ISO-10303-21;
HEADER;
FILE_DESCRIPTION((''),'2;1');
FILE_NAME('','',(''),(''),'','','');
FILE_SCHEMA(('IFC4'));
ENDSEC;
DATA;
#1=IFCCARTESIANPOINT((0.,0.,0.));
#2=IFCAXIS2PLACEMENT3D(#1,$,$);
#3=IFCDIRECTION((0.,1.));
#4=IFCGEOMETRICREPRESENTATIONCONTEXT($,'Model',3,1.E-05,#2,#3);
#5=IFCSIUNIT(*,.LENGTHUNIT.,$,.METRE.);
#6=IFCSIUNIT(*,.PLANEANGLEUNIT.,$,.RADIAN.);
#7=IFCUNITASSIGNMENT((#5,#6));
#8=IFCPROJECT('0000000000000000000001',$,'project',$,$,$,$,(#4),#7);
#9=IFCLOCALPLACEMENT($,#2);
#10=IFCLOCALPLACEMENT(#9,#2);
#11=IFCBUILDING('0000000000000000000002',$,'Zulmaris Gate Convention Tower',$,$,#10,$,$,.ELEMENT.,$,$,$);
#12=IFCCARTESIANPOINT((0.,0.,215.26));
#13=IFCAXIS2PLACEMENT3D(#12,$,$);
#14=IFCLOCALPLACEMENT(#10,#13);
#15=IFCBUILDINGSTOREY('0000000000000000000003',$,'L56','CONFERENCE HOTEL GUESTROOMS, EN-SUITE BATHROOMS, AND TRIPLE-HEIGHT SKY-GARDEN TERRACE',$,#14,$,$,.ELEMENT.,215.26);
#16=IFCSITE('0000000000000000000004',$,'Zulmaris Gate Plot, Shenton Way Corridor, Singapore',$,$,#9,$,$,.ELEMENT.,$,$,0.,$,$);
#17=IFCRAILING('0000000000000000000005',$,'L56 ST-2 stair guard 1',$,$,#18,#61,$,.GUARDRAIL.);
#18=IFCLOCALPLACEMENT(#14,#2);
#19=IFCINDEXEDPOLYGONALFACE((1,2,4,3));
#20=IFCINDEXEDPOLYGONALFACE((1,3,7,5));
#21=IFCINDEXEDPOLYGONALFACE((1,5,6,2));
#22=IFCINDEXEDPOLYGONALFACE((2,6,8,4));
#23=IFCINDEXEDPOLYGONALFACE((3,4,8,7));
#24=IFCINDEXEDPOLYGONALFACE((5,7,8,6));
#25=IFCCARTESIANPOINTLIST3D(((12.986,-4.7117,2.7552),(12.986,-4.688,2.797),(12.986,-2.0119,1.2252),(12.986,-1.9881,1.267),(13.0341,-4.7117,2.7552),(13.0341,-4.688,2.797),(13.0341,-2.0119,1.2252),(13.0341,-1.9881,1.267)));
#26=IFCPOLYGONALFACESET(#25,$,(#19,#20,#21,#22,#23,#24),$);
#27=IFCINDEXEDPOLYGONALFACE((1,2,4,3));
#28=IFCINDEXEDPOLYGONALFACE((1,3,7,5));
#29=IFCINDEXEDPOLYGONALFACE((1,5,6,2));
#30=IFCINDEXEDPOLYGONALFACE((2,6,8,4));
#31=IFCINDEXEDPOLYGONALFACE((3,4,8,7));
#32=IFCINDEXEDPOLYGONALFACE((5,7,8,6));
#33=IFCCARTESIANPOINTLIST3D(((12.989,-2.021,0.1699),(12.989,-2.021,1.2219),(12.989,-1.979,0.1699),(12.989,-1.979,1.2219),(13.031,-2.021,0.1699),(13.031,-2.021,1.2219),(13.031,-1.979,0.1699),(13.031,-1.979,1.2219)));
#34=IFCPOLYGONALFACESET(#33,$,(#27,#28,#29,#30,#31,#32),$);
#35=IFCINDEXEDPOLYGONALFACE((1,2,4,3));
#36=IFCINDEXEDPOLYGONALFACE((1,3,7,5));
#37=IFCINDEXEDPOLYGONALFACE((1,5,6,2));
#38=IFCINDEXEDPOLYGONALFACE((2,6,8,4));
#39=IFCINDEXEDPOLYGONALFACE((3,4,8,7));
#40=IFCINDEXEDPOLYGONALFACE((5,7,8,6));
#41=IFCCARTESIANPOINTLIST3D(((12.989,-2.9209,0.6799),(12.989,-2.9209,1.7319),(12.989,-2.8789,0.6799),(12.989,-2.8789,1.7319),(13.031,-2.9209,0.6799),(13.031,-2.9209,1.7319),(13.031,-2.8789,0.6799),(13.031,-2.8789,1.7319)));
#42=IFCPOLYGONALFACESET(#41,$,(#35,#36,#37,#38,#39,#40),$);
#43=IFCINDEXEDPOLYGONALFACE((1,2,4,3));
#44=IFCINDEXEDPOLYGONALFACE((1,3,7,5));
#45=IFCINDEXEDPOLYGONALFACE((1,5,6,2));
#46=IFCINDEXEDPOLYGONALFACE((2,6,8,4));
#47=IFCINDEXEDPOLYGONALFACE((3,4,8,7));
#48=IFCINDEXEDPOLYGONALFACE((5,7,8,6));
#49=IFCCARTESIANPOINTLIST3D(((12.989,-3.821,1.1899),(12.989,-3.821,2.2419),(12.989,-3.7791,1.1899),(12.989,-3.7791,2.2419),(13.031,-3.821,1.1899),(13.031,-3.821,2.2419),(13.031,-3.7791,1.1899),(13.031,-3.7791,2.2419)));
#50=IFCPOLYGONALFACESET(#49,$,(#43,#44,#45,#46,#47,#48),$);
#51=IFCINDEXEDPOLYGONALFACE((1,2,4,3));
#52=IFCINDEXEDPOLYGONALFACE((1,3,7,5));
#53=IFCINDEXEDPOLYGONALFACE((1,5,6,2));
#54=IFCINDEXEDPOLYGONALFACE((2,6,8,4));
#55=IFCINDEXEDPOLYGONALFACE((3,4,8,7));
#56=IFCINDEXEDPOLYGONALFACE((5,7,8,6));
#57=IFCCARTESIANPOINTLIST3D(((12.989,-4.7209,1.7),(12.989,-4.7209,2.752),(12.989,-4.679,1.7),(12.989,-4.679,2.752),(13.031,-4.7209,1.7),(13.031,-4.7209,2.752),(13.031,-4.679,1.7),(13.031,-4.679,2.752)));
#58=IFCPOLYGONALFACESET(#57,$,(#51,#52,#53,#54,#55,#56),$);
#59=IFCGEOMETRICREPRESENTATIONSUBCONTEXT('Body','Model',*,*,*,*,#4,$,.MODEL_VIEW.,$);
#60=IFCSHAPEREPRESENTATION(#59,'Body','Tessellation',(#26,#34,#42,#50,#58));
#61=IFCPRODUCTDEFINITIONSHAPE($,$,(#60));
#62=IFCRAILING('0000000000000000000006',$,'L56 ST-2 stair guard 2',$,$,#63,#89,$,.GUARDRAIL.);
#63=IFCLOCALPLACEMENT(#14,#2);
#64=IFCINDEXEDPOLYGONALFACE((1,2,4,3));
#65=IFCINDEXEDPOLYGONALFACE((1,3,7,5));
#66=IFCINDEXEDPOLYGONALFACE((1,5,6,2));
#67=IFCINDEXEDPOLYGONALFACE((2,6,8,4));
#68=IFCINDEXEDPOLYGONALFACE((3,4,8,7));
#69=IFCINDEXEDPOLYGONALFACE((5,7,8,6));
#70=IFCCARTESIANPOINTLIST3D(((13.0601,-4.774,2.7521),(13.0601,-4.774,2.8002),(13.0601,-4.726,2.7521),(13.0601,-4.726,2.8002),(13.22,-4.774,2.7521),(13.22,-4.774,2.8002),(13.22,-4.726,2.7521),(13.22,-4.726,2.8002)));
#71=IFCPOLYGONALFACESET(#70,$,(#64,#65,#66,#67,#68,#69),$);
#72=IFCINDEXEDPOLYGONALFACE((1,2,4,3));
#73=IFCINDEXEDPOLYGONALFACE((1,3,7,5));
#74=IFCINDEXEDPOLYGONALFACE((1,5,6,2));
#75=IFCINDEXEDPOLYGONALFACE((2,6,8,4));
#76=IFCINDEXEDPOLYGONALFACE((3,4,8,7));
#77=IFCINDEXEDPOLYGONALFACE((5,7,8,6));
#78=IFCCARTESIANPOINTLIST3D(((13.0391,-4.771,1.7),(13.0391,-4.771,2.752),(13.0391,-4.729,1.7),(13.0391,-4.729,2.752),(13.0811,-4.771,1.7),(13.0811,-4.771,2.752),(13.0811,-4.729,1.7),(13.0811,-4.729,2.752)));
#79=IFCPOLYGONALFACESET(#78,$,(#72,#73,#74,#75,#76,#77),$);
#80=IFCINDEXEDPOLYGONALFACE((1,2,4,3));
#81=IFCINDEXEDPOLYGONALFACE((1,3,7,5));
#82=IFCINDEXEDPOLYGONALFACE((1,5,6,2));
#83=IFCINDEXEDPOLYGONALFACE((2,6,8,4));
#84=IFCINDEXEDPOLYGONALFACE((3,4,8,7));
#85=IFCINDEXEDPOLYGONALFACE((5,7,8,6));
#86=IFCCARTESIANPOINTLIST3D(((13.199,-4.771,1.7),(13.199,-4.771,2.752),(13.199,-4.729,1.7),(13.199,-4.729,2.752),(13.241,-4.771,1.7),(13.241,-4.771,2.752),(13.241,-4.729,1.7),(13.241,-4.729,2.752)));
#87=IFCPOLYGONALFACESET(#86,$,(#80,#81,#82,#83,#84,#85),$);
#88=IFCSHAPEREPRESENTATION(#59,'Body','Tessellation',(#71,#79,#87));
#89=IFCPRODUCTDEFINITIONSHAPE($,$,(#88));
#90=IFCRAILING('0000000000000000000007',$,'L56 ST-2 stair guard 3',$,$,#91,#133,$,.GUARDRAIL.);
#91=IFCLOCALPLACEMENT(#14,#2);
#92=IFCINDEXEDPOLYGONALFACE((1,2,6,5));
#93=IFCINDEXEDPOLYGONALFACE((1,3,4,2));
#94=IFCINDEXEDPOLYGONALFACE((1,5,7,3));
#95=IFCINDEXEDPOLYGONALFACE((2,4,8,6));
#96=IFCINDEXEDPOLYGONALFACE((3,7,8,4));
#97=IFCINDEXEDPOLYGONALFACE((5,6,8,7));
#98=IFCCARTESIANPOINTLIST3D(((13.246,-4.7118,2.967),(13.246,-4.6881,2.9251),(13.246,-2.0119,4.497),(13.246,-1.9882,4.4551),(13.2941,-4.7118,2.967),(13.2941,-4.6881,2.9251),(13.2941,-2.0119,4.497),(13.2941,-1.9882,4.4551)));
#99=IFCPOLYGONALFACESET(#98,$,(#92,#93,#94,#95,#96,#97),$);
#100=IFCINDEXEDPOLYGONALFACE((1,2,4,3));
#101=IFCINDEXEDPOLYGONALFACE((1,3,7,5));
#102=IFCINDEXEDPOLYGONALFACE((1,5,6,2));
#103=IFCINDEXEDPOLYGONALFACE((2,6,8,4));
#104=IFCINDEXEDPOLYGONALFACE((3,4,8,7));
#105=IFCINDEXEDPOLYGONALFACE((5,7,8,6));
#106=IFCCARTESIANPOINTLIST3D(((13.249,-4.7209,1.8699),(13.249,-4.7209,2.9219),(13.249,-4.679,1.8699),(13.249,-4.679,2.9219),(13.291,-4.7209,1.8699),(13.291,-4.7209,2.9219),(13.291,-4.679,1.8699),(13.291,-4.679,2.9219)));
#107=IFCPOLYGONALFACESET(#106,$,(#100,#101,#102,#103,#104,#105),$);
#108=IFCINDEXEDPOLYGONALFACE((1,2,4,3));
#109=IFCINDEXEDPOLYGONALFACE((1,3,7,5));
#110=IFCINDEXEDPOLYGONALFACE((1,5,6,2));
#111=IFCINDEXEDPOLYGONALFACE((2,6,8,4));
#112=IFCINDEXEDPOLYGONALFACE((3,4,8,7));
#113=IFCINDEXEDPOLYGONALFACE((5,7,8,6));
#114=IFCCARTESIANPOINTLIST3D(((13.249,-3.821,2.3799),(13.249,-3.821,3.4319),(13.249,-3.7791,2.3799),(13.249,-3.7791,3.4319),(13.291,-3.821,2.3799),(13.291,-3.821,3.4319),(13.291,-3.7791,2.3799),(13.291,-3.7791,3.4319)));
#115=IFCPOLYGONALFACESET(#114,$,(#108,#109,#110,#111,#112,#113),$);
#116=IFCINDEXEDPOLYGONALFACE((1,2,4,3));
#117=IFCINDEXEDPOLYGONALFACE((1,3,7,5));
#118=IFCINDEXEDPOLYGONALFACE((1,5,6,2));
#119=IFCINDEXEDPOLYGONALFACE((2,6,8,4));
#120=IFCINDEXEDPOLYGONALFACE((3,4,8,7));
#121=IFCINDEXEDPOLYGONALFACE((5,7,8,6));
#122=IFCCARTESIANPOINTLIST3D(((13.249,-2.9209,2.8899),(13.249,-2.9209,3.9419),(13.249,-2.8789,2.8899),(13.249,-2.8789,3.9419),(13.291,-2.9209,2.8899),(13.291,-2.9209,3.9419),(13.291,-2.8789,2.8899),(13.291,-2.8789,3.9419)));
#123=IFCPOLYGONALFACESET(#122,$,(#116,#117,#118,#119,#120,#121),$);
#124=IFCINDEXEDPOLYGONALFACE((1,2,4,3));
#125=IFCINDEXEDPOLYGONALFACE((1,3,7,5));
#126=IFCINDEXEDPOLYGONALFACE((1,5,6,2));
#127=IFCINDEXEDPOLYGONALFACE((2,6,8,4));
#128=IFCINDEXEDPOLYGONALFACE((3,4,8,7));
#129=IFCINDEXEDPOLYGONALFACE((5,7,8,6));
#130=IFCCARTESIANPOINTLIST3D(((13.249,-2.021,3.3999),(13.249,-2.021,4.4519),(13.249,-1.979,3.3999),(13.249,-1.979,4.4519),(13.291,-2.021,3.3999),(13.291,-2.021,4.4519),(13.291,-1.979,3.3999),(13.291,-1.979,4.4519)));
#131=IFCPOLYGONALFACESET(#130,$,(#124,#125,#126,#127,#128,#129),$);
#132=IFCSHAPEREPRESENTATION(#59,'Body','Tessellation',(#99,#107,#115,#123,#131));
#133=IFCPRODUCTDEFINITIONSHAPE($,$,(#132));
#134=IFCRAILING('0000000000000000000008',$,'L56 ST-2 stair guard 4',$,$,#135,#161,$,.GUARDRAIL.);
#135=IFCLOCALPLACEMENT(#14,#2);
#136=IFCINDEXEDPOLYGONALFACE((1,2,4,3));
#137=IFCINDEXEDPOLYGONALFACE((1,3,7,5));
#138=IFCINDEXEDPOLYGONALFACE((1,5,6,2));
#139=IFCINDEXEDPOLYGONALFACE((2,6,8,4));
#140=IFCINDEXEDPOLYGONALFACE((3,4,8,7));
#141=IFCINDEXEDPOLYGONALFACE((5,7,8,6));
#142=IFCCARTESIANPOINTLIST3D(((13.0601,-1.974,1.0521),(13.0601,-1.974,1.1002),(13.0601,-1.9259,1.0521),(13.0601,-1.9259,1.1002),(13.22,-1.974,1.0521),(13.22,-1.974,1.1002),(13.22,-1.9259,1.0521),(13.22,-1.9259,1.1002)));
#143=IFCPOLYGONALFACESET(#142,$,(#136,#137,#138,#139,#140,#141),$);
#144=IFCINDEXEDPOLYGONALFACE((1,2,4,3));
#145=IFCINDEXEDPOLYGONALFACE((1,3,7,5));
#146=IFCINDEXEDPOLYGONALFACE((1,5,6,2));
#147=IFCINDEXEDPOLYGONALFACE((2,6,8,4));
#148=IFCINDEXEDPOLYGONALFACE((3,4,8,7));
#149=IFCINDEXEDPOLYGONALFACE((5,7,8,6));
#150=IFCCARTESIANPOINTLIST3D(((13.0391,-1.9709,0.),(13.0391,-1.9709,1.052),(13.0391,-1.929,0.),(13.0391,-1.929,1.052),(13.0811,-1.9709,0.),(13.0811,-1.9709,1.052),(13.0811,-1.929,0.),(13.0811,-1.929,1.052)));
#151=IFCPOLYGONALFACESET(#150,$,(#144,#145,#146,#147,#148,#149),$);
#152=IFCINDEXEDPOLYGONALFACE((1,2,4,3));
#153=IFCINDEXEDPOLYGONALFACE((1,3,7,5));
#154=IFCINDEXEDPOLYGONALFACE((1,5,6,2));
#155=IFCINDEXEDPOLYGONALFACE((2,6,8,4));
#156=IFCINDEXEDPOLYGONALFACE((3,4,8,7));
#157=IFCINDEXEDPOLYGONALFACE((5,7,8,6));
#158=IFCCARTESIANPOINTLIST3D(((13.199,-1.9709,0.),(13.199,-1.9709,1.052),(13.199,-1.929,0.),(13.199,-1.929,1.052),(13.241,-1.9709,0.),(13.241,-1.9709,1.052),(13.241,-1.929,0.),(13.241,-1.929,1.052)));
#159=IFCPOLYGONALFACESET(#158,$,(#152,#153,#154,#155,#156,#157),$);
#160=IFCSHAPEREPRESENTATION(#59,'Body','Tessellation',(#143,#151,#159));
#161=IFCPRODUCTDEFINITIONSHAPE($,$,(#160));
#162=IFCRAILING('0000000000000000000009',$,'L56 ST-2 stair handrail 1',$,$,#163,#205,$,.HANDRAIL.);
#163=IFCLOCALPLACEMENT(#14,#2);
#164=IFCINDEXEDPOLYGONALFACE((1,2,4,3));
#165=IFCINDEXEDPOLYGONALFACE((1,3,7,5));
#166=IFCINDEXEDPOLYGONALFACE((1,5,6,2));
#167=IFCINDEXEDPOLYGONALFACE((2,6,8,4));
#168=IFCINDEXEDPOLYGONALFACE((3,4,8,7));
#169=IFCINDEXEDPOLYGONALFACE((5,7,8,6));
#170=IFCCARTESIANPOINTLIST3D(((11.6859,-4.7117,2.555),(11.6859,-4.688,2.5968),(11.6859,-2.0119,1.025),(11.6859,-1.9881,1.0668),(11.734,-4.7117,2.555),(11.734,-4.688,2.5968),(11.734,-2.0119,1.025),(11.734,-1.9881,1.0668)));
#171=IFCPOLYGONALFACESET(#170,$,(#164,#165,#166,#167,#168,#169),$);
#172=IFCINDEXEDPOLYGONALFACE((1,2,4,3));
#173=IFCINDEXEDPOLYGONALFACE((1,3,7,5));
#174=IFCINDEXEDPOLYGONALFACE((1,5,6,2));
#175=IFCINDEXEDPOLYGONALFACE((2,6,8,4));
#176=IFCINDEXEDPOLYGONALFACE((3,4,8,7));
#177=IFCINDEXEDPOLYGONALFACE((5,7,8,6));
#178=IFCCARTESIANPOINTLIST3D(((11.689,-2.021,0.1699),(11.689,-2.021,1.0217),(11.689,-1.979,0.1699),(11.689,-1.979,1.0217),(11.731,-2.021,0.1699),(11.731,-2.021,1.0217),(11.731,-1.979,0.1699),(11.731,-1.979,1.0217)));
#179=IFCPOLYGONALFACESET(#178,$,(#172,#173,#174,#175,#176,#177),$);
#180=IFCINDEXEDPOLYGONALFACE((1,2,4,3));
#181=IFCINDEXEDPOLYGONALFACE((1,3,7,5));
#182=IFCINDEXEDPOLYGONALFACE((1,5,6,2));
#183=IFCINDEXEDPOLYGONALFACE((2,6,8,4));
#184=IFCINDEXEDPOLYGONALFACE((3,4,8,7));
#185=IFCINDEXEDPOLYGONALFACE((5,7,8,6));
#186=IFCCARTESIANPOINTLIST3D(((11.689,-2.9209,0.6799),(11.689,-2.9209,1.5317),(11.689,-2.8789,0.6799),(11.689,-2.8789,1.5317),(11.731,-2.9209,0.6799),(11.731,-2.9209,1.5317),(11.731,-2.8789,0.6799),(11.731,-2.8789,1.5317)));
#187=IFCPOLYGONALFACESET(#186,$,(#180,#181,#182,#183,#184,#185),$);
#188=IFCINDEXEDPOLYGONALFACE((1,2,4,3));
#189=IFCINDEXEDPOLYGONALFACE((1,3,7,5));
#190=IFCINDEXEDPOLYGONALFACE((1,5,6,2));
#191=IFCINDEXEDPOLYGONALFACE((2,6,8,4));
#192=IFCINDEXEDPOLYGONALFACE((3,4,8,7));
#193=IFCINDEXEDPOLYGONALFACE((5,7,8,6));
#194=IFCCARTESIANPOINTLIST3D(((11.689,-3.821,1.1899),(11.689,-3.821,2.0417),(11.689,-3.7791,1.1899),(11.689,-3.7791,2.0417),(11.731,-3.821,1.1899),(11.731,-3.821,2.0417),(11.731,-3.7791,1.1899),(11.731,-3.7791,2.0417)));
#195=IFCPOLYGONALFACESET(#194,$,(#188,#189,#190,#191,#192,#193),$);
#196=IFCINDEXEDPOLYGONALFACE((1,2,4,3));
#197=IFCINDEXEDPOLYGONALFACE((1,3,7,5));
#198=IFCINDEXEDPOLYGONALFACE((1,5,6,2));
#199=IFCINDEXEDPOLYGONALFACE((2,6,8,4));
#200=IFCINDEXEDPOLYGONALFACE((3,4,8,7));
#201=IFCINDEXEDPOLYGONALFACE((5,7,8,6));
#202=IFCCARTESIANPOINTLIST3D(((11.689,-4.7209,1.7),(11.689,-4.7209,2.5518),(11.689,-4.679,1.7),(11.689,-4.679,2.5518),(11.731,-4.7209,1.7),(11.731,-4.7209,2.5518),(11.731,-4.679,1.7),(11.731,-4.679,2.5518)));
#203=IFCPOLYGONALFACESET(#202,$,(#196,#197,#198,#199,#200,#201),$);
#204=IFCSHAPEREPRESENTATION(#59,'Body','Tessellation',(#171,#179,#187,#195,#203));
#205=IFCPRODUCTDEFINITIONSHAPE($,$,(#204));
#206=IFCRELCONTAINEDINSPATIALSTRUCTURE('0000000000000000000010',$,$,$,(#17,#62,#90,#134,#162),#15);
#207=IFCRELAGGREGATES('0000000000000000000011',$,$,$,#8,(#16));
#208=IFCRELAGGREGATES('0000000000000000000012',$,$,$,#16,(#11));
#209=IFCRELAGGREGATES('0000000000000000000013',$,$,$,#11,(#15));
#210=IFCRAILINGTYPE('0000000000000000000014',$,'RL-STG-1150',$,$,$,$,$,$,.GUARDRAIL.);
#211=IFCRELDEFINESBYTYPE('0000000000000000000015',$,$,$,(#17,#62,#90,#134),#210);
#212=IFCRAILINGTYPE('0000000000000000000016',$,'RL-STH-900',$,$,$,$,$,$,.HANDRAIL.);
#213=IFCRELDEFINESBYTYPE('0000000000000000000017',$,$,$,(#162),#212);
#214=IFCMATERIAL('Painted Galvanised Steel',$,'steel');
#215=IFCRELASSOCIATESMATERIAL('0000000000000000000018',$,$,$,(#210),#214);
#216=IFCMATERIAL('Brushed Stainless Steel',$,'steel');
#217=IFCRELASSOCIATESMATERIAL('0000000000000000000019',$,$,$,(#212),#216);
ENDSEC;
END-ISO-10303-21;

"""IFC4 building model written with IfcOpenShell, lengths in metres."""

from ifc_helpers import new_model, si_unit, direction, frame, origin, origin_2d, place, context, subcontext, project, spatial, rectangle, extrude, material, type_object, element, save


model = new_model("IFC4")

# Units and contexts
model_context = context("Model", 3, precision=1e-05, world=origin(), true_north=direction((0.0, 1.0)))
body_context = subcontext(model_context, "Body", "Model", "MODEL_VIEW")
ifc_project = project(units=[si_unit("LENGTHUNIT", "METRE"), si_unit("PLANEANGLEUNIT", "RADIAN")], contexts=[model_context])

# Site, building, storey
site_placement = place(None, origin())
site = spatial("IfcSite", under=ifc_project, at=site_placement, Name="Zulmaris Gate Plot, Shenton Way Corridor, Singapore", CompositionType="ELEMENT", RefElevation=0.0)
building_placement = place(site_placement, origin())
building = spatial("IfcBuilding", under=site, at=building_placement, Name="Zulmaris Gate Convention Tower", CompositionType="ELEMENT")
storey_placement = place(building_placement, frame((0.0, 0.0, 215.26)))
storey = spatial("IfcBuildingStorey", under=building, at=storey_placement, Name="L56", Description="CONFERENCE HOTEL GUESTROOMS, EN-SUITE BATHROOMS, AND TRIPLE-HEIGHT SKY-GARDEN TERRACE", CompositionType="ELEMENT", Elevation=215.26)

# Railings
ifc_material_1 = material(Name="Painted Galvanised Steel", Category="steel")
railing_type_1 = type_object("IfcRailingType", Name="RL-STG-1150", PredefinedType="GUARDRAIL", material=ifc_material_1)
railing_1_placement = place(storey_placement, frame((13.01, -2.0, 0.1699)))
element("IfcRailing", 1, at=railing_1_placement, inside=storey, type_object=railing_type_1, Name="L56 ST-2 stair guard 1", PredefinedType="GUARDRAIL", context=body_context, shape_type="SweptSolid", body=[
    extrude(rectangle(XDim=0.0481, YDim=0.0481, at=origin_2d()), frame((0.0, 0.0, 1.0762), z_axis=(0.0, -0.870014, 0.493026), x_axis=(1.0, 0.0, 0.0)), (0.0, 0.0, 1.0), 3.1033),
    extrude(rectangle(XDim=0.042, YDim=0.042, at=origin_2d()), origin(), (0.0, 0.0, 1.0), 1.052),
    extrude(rectangle(XDim=0.042, YDim=0.042, at=origin_2d()), frame((0.0, -0.8999, 0.51)), (0.0, 0.0, 1.0), 1.052),
    extrude(rectangle(XDim=0.042, YDim=0.042, at=origin_2d()), frame((0.0, -1.8, 1.02)), (0.0, 0.0, 1.0), 1.052),
    extrude(rectangle(XDim=0.042, YDim=0.042, at=origin_2d()), frame((0.0, -2.7, 1.53)), (0.0, 0.0, 1.0), 1.052),
])
railing_2_placement = place(storey_placement, frame((13.0601, -4.75, 1.7)))
element("IfcRailing", 2, at=railing_2_placement, inside=storey, type_object=railing_type_1, Name="L56 ST-2 stair guard 2", PredefinedType="GUARDRAIL", context=body_context, shape_type="SweptSolid", body=[
    extrude(rectangle(XDim=0.0481, YDim=0.0481, at=origin_2d()), frame((0.0, 0.0, 1.0762), z_axis=(1.0, 0.0, 0.0), x_axis=(0.0, 1.0, 0.0)), (0.0, 0.0, 1.0), 0.1599),
    extrude(rectangle(XDim=0.042, YDim=0.042, at=origin_2d()), origin(), (0.0, 0.0, 1.0), 1.052),
    extrude(rectangle(XDim=0.042, YDim=0.042, at=origin_2d()), frame((0.1599, 0.0, 0.0)), (0.0, 0.0, 1.0), 1.052),
])
railing_3_placement = place(storey_placement, frame((13.27, -4.7, 1.8699)))
element("IfcRailing", 3, at=railing_3_placement, inside=storey, type_object=railing_type_1, Name="L56 ST-2 stair guard 3", PredefinedType="GUARDRAIL", context=body_context, shape_type="SweptSolid", body=[
    extrude(rectangle(XDim=0.0481, YDim=0.0481, at=origin_2d()), frame((0.0, 0.0, 1.0762), z_axis=(0.0, 0.870014, 0.493026), x_axis=(-1.0, 0.0, 0.0)), (0.0, 0.0, 1.0), 3.1033),
    extrude(rectangle(XDim=0.042, YDim=0.042, at=origin_2d()), origin(), (0.0, 0.0, 1.0), 1.052),
    extrude(rectangle(XDim=0.042, YDim=0.042, at=origin_2d()), frame((0.0, 0.8999, 0.51)), (0.0, 0.0, 1.0), 1.052),
    extrude(rectangle(XDim=0.042, YDim=0.042, at=origin_2d()), frame((0.0, 1.8, 1.02)), (0.0, 0.0, 1.0), 1.052),
    extrude(rectangle(XDim=0.042, YDim=0.042, at=origin_2d()), frame((0.0, 2.7, 1.53)), (0.0, 0.0, 1.0), 1.052),
])
railing_4_placement = place(storey_placement, frame((13.0601, -1.95, 0.0)))
element("IfcRailing", 4, at=railing_4_placement, inside=storey, type_object=railing_type_1, Name="L56 ST-2 stair guard 4", PredefinedType="GUARDRAIL", context=body_context, shape_type="SweptSolid", body=[
    extrude(rectangle(XDim=0.0481, YDim=0.0481, at=origin_2d()), frame((0.0, 0.0, 1.0762), z_axis=(1.0, 0.0, 0.0), x_axis=(0.0, 1.0, 0.0)), (0.0, 0.0, 1.0), 0.1599),
    extrude(rectangle(XDim=0.042, YDim=0.042, at=origin_2d()), origin(), (0.0, 0.0, 1.0), 1.052),
    extrude(rectangle(XDim=0.042, YDim=0.042, at=origin_2d()), frame((0.1599, 0.0, 0.0)), (0.0, 0.0, 1.0), 1.052),
])
ifc_material_2 = material(Name="Brushed Stainless Steel", Category="steel")
railing_type_2 = type_object("IfcRailingType", Name="RL-STH-900", PredefinedType="HANDRAIL", material=ifc_material_2)
railing_5_placement = place(storey_placement, frame((11.71, -2.0, 0.1699)))
element("IfcRailing", 5, at=railing_5_placement, inside=storey, type_object=railing_type_2, Name="L56 ST-2 stair handrail 1", PredefinedType="HANDRAIL", context=body_context, shape_type="SweptSolid", body=[
    extrude(rectangle(XDim=0.0481, YDim=0.0481, at=origin_2d()), frame((0.0, 0.0, 0.876), z_axis=(0.0, -0.870014, 0.493026), x_axis=(1.0, 0.0, 0.0)), (0.0, 0.0, 1.0), 3.1033),
    extrude(rectangle(XDim=0.042, YDim=0.042, at=origin_2d()), origin(), (0.0, 0.0, 1.0), 0.8518),
    extrude(rectangle(XDim=0.042, YDim=0.042, at=origin_2d()), frame((0.0, -0.8999, 0.51)), (0.0, 0.0, 1.0), 0.8518),
    extrude(rectangle(XDim=0.042, YDim=0.042, at=origin_2d()), frame((0.0, -1.8, 1.02)), (0.0, 0.0, 1.0), 0.8518),
    extrude(rectangle(XDim=0.042, YDim=0.042, at=origin_2d()), frame((0.0, -2.7, 1.53)), (0.0, 0.0, 1.0), 0.8518),
])

save(model, "model.ifc")
